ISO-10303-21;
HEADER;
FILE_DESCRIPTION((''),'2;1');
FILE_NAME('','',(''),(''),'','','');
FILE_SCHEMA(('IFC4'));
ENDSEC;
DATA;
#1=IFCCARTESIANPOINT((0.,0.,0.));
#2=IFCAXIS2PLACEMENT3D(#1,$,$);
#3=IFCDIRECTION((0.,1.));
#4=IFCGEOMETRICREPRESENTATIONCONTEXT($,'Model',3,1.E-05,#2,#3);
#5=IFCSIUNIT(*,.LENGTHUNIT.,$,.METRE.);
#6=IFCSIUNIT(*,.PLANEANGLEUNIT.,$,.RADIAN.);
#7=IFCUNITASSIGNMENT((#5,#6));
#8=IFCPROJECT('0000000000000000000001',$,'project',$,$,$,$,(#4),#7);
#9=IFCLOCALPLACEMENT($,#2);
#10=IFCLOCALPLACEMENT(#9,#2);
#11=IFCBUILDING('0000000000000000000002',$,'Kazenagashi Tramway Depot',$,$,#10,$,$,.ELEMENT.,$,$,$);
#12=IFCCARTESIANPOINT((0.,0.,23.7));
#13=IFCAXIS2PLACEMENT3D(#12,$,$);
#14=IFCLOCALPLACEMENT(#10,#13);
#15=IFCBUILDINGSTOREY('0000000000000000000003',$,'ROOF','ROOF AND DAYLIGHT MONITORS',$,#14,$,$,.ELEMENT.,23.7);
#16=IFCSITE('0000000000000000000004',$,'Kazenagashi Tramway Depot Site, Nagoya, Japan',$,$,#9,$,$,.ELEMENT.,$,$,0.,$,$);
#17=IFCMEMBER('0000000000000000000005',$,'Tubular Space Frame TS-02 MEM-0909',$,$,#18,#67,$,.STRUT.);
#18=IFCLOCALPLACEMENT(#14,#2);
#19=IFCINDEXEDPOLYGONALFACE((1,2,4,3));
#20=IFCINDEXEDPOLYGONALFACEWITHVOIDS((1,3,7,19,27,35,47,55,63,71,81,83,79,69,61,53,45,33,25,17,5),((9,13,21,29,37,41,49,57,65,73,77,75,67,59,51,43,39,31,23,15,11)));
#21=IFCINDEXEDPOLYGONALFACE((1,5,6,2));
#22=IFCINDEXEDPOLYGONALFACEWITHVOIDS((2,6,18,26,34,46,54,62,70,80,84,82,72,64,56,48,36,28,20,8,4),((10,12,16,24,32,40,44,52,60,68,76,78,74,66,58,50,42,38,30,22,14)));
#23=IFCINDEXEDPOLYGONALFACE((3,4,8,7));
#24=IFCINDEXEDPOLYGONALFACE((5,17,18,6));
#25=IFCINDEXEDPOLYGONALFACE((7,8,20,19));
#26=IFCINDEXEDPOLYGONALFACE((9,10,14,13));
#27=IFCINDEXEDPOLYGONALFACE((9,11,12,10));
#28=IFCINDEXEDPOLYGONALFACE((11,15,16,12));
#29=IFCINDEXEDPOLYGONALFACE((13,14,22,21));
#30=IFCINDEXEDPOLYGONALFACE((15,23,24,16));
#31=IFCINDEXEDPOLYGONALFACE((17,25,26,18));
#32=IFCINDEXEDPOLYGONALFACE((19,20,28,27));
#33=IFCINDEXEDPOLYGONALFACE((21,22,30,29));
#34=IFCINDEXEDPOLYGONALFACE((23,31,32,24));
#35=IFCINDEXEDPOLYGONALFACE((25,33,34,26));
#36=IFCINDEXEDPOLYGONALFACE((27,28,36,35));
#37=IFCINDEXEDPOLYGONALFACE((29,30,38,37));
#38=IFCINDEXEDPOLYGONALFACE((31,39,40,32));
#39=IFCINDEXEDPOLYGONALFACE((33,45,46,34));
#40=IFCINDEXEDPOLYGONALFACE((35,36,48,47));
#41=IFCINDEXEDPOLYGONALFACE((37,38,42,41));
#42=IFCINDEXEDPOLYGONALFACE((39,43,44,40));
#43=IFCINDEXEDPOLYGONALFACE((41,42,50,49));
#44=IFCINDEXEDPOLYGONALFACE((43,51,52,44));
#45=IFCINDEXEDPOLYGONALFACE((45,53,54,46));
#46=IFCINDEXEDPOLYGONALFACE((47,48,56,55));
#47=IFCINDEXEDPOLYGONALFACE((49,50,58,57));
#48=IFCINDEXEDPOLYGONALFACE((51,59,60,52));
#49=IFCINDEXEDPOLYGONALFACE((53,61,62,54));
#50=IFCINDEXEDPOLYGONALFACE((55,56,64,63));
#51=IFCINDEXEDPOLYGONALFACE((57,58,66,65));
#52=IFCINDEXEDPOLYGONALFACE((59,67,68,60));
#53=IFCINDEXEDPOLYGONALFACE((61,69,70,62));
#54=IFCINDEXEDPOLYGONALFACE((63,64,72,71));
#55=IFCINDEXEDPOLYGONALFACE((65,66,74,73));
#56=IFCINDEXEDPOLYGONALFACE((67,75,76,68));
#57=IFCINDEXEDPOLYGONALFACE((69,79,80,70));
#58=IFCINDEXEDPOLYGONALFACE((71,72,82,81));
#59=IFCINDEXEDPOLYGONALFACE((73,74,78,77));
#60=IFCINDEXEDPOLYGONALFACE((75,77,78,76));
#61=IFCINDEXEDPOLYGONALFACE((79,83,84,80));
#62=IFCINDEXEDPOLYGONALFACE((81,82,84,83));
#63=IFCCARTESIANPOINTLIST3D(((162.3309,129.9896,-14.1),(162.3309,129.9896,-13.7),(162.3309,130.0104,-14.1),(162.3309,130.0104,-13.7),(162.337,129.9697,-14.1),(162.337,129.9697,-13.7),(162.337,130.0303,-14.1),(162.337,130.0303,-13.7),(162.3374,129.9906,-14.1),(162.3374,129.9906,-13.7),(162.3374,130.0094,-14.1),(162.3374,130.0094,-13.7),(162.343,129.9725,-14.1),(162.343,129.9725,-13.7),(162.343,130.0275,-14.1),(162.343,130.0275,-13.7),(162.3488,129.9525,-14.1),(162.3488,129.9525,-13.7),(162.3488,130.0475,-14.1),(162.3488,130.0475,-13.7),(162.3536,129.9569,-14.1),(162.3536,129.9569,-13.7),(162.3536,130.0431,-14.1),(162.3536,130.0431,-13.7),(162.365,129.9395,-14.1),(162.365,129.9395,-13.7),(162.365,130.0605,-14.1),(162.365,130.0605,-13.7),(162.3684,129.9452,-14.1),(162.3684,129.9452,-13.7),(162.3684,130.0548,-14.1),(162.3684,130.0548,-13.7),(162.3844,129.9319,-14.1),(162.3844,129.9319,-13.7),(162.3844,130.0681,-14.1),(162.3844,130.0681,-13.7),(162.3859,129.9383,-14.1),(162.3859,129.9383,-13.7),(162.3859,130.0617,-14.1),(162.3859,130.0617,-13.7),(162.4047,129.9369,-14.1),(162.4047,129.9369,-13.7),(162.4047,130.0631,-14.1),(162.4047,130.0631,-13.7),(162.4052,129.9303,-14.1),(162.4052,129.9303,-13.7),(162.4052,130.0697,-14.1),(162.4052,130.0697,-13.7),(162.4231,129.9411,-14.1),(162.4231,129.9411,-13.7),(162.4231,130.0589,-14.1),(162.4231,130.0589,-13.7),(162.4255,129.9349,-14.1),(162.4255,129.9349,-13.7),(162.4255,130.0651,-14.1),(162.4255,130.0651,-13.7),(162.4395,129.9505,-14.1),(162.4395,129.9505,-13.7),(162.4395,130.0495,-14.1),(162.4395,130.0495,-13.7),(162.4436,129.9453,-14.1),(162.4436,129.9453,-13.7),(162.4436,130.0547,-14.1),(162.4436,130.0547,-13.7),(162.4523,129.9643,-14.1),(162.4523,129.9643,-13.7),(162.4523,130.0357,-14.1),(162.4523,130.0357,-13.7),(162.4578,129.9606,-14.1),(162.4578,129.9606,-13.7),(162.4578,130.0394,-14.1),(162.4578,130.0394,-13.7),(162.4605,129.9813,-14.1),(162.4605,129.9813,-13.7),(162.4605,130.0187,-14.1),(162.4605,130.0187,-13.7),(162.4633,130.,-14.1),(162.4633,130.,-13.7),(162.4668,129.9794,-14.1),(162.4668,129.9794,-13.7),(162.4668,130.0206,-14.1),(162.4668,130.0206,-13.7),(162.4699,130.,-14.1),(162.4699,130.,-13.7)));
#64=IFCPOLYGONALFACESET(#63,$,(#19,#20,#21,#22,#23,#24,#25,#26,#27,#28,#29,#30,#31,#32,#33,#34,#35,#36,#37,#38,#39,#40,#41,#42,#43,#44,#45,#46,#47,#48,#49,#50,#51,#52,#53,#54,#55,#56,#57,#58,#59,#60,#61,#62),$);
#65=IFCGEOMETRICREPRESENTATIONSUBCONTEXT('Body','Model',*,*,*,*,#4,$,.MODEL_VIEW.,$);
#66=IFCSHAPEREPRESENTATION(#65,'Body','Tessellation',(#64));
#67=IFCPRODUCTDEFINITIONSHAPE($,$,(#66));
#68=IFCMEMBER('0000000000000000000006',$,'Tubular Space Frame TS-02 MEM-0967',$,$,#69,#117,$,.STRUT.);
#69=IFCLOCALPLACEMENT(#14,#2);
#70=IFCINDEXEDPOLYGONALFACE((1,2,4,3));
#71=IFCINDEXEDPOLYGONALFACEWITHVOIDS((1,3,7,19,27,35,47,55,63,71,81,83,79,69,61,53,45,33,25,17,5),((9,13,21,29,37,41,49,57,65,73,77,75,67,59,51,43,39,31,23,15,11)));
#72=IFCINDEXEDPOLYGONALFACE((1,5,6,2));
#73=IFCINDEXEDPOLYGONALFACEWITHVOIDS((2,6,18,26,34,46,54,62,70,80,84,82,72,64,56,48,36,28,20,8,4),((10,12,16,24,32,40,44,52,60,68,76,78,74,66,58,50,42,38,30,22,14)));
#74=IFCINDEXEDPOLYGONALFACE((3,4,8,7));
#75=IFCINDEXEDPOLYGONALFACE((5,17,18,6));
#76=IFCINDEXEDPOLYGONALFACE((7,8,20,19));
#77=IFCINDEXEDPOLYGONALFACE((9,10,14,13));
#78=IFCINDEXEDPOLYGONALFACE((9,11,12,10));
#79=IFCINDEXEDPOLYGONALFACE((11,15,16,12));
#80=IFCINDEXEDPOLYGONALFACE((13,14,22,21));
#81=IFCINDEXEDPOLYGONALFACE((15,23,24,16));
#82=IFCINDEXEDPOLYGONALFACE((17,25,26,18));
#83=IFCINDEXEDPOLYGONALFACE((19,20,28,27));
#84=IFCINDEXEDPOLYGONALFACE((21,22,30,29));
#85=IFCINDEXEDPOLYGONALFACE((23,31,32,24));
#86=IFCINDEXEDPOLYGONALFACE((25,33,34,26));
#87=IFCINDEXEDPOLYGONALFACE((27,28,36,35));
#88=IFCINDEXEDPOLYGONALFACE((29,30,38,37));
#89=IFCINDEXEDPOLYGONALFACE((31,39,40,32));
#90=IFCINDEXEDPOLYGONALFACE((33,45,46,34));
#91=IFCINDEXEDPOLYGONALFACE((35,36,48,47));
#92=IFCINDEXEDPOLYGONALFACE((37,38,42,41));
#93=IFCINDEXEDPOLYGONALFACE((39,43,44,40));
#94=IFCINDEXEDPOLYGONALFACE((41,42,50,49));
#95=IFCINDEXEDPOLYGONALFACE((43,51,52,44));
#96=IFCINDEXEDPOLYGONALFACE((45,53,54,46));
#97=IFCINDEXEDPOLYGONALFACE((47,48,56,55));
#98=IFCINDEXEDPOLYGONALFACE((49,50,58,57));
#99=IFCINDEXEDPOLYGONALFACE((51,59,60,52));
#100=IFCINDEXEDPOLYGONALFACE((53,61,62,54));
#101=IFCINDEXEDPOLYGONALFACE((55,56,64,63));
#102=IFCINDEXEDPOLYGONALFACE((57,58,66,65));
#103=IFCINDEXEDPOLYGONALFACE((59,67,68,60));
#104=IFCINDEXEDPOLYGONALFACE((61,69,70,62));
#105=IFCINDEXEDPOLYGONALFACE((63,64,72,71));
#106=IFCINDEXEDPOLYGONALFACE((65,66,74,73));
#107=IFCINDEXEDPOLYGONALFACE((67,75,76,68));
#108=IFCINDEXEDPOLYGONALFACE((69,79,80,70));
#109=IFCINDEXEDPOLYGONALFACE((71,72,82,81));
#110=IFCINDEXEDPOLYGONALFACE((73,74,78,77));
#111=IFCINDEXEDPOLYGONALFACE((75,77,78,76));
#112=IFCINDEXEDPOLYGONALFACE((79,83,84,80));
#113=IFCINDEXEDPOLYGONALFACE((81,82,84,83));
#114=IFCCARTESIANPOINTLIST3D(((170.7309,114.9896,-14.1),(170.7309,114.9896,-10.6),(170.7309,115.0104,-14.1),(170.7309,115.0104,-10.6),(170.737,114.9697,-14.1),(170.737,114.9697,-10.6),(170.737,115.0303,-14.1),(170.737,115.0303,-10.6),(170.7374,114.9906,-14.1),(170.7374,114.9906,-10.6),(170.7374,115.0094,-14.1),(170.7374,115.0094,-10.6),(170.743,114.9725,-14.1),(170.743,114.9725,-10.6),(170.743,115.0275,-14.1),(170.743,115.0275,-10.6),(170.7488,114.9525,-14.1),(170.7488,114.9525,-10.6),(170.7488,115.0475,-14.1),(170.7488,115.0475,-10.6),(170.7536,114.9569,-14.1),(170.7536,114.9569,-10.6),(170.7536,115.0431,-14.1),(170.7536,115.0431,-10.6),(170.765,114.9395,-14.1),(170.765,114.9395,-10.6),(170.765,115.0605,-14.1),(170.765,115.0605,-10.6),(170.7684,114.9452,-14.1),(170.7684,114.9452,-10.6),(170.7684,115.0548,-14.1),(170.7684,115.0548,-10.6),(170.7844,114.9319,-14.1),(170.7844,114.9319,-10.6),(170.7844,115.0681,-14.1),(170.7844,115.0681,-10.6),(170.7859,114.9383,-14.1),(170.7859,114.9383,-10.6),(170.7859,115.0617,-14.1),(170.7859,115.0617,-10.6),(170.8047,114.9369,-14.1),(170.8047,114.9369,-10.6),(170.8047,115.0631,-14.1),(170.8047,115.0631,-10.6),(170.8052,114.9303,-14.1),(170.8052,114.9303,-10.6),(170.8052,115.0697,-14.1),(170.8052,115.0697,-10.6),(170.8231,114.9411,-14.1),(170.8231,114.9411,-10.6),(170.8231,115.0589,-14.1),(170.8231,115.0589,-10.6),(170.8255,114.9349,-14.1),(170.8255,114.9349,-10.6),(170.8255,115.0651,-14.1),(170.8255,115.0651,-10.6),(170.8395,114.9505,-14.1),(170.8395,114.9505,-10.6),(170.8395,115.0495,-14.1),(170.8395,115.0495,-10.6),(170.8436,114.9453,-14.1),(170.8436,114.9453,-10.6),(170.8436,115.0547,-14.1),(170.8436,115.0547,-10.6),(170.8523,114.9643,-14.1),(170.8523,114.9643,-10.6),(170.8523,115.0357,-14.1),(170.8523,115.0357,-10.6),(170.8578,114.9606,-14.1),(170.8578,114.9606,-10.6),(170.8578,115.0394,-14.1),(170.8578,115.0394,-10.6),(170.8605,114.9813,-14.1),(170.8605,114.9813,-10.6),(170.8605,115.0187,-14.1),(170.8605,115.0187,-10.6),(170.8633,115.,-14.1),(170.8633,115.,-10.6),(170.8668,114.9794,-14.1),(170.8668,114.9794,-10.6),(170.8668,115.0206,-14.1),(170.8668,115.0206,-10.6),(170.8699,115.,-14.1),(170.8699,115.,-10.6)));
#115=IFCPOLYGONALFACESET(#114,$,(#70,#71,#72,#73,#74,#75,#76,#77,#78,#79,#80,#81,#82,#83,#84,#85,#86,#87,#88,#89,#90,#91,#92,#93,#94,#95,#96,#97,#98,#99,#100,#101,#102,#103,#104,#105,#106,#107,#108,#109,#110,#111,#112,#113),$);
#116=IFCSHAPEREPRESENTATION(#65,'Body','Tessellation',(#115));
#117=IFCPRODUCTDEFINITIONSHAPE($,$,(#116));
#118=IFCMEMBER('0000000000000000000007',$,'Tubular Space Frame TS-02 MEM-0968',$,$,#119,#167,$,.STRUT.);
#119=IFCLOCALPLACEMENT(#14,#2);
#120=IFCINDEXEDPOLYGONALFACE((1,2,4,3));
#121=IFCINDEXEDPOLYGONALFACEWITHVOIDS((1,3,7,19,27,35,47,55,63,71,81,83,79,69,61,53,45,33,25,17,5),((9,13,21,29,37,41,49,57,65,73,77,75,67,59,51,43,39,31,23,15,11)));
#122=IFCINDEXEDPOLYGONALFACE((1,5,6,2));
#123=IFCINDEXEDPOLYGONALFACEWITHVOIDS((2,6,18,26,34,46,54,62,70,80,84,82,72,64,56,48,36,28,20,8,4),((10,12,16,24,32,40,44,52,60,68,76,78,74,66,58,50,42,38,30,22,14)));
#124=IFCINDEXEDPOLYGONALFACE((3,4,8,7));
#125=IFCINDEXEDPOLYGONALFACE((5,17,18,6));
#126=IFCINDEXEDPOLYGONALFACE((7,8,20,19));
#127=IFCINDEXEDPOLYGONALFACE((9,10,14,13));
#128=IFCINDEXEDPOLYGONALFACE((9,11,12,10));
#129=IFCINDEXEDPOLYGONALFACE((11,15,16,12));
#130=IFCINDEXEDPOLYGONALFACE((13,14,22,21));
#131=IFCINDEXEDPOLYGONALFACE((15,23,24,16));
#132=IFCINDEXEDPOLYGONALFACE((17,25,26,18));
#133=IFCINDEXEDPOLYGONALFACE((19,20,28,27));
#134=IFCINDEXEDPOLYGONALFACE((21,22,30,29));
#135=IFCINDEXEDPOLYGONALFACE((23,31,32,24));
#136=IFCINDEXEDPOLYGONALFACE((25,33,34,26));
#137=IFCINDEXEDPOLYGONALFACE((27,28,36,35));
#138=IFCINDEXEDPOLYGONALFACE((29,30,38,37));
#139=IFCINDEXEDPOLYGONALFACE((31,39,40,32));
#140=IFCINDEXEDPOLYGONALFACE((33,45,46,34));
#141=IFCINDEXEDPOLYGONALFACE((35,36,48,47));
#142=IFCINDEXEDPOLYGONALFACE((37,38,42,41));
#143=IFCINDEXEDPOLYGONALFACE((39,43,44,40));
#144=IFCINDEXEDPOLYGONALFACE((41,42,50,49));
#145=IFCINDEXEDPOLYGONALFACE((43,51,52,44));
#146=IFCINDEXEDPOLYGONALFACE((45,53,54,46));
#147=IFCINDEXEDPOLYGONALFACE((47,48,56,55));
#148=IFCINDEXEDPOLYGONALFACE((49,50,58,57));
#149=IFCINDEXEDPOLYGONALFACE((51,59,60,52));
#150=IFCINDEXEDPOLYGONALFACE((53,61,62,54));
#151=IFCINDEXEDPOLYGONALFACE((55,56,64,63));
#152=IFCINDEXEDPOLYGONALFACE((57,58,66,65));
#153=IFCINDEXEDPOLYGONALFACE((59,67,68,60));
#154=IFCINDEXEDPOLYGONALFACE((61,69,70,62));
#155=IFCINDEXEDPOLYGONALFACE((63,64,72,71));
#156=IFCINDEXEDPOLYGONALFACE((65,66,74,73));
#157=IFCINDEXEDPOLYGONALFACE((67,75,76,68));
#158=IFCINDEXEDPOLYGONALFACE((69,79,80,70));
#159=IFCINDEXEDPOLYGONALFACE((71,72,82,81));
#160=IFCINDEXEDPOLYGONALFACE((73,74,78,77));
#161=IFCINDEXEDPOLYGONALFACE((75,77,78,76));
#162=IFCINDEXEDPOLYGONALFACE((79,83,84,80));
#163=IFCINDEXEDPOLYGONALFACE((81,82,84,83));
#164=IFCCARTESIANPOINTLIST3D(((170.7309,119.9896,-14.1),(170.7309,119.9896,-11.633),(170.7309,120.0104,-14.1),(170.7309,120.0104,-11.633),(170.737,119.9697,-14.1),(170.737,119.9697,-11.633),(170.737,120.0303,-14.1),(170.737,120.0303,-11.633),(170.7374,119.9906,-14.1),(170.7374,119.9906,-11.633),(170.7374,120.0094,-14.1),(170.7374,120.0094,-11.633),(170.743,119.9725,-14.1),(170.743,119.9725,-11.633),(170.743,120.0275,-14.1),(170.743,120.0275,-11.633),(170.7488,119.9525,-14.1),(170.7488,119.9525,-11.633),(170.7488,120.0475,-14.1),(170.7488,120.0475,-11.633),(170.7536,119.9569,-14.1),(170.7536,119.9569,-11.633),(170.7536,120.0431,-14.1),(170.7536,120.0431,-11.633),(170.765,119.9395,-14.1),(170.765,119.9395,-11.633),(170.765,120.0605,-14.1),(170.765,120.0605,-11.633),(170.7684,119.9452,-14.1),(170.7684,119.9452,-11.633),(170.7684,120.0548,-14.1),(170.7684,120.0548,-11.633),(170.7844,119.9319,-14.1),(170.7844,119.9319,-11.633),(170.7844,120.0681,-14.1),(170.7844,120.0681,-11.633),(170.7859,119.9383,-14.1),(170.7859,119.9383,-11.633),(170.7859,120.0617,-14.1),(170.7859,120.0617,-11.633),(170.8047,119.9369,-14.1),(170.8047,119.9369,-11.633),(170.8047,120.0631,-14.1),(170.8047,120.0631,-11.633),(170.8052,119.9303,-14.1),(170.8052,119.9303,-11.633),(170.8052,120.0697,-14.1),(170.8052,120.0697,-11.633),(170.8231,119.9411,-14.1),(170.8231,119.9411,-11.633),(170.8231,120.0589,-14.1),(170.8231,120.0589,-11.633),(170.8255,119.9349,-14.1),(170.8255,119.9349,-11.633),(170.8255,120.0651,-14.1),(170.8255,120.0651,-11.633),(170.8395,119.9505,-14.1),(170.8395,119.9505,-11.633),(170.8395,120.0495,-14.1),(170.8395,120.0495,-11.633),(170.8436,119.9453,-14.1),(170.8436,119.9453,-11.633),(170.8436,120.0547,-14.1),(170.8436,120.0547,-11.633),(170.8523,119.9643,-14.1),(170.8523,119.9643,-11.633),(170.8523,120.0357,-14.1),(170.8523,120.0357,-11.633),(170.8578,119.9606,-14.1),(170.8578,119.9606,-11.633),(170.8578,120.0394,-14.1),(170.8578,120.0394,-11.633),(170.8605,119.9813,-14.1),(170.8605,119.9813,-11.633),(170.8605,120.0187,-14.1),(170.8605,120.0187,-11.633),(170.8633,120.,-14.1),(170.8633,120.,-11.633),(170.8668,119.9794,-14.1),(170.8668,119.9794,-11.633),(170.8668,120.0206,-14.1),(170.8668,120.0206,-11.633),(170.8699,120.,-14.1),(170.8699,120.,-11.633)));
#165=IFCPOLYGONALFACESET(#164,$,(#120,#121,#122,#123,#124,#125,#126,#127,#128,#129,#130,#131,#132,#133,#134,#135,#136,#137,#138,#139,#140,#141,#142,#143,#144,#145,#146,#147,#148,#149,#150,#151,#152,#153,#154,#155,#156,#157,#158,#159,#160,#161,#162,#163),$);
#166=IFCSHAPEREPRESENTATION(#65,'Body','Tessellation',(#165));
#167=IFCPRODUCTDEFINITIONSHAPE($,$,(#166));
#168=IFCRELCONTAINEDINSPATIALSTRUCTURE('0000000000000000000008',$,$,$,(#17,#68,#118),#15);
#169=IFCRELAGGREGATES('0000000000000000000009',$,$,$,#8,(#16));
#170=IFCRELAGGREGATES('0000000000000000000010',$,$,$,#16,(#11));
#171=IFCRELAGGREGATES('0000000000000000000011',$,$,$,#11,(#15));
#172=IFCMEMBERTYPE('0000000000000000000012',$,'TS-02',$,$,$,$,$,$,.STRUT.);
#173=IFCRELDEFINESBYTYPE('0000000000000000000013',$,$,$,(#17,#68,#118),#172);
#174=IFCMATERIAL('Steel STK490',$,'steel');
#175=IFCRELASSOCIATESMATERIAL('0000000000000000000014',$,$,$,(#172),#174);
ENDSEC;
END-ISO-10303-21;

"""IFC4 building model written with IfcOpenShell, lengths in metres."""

from ifc_helpers import new_model, si_unit, direction, frame, origin, origin_2d, place, context, subcontext, project, spatial, hollow_circle, extrude, material, material_profile, profile_set, type_object, element, save


model = new_model("IFC4")

# Units and contexts
model_context = context("Model", 3, precision=1e-05, world=origin(), true_north=direction((0.0, 1.0)))
body_context = subcontext(model_context, "Body", "Model", "MODEL_VIEW")
ifc_project = project(units=[si_unit("LENGTHUNIT", "METRE"), si_unit("PLANEANGLEUNIT", "RADIAN")], contexts=[model_context])

# Site, building, storey
site_placement = place(None, origin())
site = spatial("IfcSite", under=ifc_project, at=site_placement, Name="Kazenagashi Tramway Depot Site, Nagoya, Japan", CompositionType="ELEMENT", RefElevation=0.0)
building_placement = place(site_placement, origin())
building = spatial("IfcBuilding", under=site, at=building_placement, Name="Kazenagashi Tramway Depot", CompositionType="ELEMENT")
storey_placement = place(building_placement, frame((0.0, 0.0, 23.7)))
storey = spatial("IfcBuildingStorey", under=building, at=storey_placement, Name="ROOF", Description="ROOF AND DAYLIGHT MONITORS", CompositionType="ELEMENT", Elevation=23.7)

# Members
ifc_material_1 = material(Name="Steel STK490", Category="steel")
ifc_material_profile_1 = material_profile(ifc_material_1, hollow_circle(Radius=0.0699, WallThickness=0.0066, at=origin_2d()), Name="CHS-139.8x6.6")
ifc_profile_set_1 = profile_set([ifc_material_profile_1], Name="Steel STK490")
member_type_1 = type_object("IfcMemberType", Name="TS-02", PredefinedType="STRUT", material=ifc_profile_set_1)
member_1_placement = place(storey_placement, frame((162.4, 130.0, -14.1), z_axis=(0.0, 0.0, 1.0), x_axis=(1.0, 0.0, 0.0)))
element("IfcMember", 1, at=member_1_placement, inside=storey, type_object=member_type_1, Name="Tubular Space Frame TS-02 MEM-0909", PredefinedType="STRUT", context=body_context, shape_type="SweptSolid", body=[
    extrude(hollow_circle(Radius=0.0699, WallThickness=0.0066, at=origin_2d()), origin(), (0.0, 0.0, 1.0), 0.4),
])
member_2_placement = place(storey_placement, frame((170.8, 115.0, -14.1), z_axis=(0.0, 0.0, 1.0), x_axis=(1.0, 0.0, 0.0)))
element("IfcMember", 2, at=member_2_placement, inside=storey, type_object=member_type_1, Name="Tubular Space Frame TS-02 MEM-0967", PredefinedType="STRUT", context=body_context, shape_type="SweptSolid", body=[
    extrude(hollow_circle(Radius=0.0699, WallThickness=0.0066, at=origin_2d()), origin(), (0.0, 0.0, 1.0), 3.5),
])
member_3_placement = place(storey_placement, frame((170.8, 120.0, -14.1), z_axis=(0.0, 0.0, 1.0), x_axis=(1.0, 0.0, 0.0)))
element("IfcMember", 3, at=member_3_placement, inside=storey, type_object=member_type_1, Name="Tubular Space Frame TS-02 MEM-0968", PredefinedType="STRUT", context=body_context, shape_type="SweptSolid", body=[
    extrude(hollow_circle(Radius=0.0699, WallThickness=0.0066, at=origin_2d()), origin(), (0.0, 0.0, 1.0), 2.467),
])

save(model, "model.ifc")
